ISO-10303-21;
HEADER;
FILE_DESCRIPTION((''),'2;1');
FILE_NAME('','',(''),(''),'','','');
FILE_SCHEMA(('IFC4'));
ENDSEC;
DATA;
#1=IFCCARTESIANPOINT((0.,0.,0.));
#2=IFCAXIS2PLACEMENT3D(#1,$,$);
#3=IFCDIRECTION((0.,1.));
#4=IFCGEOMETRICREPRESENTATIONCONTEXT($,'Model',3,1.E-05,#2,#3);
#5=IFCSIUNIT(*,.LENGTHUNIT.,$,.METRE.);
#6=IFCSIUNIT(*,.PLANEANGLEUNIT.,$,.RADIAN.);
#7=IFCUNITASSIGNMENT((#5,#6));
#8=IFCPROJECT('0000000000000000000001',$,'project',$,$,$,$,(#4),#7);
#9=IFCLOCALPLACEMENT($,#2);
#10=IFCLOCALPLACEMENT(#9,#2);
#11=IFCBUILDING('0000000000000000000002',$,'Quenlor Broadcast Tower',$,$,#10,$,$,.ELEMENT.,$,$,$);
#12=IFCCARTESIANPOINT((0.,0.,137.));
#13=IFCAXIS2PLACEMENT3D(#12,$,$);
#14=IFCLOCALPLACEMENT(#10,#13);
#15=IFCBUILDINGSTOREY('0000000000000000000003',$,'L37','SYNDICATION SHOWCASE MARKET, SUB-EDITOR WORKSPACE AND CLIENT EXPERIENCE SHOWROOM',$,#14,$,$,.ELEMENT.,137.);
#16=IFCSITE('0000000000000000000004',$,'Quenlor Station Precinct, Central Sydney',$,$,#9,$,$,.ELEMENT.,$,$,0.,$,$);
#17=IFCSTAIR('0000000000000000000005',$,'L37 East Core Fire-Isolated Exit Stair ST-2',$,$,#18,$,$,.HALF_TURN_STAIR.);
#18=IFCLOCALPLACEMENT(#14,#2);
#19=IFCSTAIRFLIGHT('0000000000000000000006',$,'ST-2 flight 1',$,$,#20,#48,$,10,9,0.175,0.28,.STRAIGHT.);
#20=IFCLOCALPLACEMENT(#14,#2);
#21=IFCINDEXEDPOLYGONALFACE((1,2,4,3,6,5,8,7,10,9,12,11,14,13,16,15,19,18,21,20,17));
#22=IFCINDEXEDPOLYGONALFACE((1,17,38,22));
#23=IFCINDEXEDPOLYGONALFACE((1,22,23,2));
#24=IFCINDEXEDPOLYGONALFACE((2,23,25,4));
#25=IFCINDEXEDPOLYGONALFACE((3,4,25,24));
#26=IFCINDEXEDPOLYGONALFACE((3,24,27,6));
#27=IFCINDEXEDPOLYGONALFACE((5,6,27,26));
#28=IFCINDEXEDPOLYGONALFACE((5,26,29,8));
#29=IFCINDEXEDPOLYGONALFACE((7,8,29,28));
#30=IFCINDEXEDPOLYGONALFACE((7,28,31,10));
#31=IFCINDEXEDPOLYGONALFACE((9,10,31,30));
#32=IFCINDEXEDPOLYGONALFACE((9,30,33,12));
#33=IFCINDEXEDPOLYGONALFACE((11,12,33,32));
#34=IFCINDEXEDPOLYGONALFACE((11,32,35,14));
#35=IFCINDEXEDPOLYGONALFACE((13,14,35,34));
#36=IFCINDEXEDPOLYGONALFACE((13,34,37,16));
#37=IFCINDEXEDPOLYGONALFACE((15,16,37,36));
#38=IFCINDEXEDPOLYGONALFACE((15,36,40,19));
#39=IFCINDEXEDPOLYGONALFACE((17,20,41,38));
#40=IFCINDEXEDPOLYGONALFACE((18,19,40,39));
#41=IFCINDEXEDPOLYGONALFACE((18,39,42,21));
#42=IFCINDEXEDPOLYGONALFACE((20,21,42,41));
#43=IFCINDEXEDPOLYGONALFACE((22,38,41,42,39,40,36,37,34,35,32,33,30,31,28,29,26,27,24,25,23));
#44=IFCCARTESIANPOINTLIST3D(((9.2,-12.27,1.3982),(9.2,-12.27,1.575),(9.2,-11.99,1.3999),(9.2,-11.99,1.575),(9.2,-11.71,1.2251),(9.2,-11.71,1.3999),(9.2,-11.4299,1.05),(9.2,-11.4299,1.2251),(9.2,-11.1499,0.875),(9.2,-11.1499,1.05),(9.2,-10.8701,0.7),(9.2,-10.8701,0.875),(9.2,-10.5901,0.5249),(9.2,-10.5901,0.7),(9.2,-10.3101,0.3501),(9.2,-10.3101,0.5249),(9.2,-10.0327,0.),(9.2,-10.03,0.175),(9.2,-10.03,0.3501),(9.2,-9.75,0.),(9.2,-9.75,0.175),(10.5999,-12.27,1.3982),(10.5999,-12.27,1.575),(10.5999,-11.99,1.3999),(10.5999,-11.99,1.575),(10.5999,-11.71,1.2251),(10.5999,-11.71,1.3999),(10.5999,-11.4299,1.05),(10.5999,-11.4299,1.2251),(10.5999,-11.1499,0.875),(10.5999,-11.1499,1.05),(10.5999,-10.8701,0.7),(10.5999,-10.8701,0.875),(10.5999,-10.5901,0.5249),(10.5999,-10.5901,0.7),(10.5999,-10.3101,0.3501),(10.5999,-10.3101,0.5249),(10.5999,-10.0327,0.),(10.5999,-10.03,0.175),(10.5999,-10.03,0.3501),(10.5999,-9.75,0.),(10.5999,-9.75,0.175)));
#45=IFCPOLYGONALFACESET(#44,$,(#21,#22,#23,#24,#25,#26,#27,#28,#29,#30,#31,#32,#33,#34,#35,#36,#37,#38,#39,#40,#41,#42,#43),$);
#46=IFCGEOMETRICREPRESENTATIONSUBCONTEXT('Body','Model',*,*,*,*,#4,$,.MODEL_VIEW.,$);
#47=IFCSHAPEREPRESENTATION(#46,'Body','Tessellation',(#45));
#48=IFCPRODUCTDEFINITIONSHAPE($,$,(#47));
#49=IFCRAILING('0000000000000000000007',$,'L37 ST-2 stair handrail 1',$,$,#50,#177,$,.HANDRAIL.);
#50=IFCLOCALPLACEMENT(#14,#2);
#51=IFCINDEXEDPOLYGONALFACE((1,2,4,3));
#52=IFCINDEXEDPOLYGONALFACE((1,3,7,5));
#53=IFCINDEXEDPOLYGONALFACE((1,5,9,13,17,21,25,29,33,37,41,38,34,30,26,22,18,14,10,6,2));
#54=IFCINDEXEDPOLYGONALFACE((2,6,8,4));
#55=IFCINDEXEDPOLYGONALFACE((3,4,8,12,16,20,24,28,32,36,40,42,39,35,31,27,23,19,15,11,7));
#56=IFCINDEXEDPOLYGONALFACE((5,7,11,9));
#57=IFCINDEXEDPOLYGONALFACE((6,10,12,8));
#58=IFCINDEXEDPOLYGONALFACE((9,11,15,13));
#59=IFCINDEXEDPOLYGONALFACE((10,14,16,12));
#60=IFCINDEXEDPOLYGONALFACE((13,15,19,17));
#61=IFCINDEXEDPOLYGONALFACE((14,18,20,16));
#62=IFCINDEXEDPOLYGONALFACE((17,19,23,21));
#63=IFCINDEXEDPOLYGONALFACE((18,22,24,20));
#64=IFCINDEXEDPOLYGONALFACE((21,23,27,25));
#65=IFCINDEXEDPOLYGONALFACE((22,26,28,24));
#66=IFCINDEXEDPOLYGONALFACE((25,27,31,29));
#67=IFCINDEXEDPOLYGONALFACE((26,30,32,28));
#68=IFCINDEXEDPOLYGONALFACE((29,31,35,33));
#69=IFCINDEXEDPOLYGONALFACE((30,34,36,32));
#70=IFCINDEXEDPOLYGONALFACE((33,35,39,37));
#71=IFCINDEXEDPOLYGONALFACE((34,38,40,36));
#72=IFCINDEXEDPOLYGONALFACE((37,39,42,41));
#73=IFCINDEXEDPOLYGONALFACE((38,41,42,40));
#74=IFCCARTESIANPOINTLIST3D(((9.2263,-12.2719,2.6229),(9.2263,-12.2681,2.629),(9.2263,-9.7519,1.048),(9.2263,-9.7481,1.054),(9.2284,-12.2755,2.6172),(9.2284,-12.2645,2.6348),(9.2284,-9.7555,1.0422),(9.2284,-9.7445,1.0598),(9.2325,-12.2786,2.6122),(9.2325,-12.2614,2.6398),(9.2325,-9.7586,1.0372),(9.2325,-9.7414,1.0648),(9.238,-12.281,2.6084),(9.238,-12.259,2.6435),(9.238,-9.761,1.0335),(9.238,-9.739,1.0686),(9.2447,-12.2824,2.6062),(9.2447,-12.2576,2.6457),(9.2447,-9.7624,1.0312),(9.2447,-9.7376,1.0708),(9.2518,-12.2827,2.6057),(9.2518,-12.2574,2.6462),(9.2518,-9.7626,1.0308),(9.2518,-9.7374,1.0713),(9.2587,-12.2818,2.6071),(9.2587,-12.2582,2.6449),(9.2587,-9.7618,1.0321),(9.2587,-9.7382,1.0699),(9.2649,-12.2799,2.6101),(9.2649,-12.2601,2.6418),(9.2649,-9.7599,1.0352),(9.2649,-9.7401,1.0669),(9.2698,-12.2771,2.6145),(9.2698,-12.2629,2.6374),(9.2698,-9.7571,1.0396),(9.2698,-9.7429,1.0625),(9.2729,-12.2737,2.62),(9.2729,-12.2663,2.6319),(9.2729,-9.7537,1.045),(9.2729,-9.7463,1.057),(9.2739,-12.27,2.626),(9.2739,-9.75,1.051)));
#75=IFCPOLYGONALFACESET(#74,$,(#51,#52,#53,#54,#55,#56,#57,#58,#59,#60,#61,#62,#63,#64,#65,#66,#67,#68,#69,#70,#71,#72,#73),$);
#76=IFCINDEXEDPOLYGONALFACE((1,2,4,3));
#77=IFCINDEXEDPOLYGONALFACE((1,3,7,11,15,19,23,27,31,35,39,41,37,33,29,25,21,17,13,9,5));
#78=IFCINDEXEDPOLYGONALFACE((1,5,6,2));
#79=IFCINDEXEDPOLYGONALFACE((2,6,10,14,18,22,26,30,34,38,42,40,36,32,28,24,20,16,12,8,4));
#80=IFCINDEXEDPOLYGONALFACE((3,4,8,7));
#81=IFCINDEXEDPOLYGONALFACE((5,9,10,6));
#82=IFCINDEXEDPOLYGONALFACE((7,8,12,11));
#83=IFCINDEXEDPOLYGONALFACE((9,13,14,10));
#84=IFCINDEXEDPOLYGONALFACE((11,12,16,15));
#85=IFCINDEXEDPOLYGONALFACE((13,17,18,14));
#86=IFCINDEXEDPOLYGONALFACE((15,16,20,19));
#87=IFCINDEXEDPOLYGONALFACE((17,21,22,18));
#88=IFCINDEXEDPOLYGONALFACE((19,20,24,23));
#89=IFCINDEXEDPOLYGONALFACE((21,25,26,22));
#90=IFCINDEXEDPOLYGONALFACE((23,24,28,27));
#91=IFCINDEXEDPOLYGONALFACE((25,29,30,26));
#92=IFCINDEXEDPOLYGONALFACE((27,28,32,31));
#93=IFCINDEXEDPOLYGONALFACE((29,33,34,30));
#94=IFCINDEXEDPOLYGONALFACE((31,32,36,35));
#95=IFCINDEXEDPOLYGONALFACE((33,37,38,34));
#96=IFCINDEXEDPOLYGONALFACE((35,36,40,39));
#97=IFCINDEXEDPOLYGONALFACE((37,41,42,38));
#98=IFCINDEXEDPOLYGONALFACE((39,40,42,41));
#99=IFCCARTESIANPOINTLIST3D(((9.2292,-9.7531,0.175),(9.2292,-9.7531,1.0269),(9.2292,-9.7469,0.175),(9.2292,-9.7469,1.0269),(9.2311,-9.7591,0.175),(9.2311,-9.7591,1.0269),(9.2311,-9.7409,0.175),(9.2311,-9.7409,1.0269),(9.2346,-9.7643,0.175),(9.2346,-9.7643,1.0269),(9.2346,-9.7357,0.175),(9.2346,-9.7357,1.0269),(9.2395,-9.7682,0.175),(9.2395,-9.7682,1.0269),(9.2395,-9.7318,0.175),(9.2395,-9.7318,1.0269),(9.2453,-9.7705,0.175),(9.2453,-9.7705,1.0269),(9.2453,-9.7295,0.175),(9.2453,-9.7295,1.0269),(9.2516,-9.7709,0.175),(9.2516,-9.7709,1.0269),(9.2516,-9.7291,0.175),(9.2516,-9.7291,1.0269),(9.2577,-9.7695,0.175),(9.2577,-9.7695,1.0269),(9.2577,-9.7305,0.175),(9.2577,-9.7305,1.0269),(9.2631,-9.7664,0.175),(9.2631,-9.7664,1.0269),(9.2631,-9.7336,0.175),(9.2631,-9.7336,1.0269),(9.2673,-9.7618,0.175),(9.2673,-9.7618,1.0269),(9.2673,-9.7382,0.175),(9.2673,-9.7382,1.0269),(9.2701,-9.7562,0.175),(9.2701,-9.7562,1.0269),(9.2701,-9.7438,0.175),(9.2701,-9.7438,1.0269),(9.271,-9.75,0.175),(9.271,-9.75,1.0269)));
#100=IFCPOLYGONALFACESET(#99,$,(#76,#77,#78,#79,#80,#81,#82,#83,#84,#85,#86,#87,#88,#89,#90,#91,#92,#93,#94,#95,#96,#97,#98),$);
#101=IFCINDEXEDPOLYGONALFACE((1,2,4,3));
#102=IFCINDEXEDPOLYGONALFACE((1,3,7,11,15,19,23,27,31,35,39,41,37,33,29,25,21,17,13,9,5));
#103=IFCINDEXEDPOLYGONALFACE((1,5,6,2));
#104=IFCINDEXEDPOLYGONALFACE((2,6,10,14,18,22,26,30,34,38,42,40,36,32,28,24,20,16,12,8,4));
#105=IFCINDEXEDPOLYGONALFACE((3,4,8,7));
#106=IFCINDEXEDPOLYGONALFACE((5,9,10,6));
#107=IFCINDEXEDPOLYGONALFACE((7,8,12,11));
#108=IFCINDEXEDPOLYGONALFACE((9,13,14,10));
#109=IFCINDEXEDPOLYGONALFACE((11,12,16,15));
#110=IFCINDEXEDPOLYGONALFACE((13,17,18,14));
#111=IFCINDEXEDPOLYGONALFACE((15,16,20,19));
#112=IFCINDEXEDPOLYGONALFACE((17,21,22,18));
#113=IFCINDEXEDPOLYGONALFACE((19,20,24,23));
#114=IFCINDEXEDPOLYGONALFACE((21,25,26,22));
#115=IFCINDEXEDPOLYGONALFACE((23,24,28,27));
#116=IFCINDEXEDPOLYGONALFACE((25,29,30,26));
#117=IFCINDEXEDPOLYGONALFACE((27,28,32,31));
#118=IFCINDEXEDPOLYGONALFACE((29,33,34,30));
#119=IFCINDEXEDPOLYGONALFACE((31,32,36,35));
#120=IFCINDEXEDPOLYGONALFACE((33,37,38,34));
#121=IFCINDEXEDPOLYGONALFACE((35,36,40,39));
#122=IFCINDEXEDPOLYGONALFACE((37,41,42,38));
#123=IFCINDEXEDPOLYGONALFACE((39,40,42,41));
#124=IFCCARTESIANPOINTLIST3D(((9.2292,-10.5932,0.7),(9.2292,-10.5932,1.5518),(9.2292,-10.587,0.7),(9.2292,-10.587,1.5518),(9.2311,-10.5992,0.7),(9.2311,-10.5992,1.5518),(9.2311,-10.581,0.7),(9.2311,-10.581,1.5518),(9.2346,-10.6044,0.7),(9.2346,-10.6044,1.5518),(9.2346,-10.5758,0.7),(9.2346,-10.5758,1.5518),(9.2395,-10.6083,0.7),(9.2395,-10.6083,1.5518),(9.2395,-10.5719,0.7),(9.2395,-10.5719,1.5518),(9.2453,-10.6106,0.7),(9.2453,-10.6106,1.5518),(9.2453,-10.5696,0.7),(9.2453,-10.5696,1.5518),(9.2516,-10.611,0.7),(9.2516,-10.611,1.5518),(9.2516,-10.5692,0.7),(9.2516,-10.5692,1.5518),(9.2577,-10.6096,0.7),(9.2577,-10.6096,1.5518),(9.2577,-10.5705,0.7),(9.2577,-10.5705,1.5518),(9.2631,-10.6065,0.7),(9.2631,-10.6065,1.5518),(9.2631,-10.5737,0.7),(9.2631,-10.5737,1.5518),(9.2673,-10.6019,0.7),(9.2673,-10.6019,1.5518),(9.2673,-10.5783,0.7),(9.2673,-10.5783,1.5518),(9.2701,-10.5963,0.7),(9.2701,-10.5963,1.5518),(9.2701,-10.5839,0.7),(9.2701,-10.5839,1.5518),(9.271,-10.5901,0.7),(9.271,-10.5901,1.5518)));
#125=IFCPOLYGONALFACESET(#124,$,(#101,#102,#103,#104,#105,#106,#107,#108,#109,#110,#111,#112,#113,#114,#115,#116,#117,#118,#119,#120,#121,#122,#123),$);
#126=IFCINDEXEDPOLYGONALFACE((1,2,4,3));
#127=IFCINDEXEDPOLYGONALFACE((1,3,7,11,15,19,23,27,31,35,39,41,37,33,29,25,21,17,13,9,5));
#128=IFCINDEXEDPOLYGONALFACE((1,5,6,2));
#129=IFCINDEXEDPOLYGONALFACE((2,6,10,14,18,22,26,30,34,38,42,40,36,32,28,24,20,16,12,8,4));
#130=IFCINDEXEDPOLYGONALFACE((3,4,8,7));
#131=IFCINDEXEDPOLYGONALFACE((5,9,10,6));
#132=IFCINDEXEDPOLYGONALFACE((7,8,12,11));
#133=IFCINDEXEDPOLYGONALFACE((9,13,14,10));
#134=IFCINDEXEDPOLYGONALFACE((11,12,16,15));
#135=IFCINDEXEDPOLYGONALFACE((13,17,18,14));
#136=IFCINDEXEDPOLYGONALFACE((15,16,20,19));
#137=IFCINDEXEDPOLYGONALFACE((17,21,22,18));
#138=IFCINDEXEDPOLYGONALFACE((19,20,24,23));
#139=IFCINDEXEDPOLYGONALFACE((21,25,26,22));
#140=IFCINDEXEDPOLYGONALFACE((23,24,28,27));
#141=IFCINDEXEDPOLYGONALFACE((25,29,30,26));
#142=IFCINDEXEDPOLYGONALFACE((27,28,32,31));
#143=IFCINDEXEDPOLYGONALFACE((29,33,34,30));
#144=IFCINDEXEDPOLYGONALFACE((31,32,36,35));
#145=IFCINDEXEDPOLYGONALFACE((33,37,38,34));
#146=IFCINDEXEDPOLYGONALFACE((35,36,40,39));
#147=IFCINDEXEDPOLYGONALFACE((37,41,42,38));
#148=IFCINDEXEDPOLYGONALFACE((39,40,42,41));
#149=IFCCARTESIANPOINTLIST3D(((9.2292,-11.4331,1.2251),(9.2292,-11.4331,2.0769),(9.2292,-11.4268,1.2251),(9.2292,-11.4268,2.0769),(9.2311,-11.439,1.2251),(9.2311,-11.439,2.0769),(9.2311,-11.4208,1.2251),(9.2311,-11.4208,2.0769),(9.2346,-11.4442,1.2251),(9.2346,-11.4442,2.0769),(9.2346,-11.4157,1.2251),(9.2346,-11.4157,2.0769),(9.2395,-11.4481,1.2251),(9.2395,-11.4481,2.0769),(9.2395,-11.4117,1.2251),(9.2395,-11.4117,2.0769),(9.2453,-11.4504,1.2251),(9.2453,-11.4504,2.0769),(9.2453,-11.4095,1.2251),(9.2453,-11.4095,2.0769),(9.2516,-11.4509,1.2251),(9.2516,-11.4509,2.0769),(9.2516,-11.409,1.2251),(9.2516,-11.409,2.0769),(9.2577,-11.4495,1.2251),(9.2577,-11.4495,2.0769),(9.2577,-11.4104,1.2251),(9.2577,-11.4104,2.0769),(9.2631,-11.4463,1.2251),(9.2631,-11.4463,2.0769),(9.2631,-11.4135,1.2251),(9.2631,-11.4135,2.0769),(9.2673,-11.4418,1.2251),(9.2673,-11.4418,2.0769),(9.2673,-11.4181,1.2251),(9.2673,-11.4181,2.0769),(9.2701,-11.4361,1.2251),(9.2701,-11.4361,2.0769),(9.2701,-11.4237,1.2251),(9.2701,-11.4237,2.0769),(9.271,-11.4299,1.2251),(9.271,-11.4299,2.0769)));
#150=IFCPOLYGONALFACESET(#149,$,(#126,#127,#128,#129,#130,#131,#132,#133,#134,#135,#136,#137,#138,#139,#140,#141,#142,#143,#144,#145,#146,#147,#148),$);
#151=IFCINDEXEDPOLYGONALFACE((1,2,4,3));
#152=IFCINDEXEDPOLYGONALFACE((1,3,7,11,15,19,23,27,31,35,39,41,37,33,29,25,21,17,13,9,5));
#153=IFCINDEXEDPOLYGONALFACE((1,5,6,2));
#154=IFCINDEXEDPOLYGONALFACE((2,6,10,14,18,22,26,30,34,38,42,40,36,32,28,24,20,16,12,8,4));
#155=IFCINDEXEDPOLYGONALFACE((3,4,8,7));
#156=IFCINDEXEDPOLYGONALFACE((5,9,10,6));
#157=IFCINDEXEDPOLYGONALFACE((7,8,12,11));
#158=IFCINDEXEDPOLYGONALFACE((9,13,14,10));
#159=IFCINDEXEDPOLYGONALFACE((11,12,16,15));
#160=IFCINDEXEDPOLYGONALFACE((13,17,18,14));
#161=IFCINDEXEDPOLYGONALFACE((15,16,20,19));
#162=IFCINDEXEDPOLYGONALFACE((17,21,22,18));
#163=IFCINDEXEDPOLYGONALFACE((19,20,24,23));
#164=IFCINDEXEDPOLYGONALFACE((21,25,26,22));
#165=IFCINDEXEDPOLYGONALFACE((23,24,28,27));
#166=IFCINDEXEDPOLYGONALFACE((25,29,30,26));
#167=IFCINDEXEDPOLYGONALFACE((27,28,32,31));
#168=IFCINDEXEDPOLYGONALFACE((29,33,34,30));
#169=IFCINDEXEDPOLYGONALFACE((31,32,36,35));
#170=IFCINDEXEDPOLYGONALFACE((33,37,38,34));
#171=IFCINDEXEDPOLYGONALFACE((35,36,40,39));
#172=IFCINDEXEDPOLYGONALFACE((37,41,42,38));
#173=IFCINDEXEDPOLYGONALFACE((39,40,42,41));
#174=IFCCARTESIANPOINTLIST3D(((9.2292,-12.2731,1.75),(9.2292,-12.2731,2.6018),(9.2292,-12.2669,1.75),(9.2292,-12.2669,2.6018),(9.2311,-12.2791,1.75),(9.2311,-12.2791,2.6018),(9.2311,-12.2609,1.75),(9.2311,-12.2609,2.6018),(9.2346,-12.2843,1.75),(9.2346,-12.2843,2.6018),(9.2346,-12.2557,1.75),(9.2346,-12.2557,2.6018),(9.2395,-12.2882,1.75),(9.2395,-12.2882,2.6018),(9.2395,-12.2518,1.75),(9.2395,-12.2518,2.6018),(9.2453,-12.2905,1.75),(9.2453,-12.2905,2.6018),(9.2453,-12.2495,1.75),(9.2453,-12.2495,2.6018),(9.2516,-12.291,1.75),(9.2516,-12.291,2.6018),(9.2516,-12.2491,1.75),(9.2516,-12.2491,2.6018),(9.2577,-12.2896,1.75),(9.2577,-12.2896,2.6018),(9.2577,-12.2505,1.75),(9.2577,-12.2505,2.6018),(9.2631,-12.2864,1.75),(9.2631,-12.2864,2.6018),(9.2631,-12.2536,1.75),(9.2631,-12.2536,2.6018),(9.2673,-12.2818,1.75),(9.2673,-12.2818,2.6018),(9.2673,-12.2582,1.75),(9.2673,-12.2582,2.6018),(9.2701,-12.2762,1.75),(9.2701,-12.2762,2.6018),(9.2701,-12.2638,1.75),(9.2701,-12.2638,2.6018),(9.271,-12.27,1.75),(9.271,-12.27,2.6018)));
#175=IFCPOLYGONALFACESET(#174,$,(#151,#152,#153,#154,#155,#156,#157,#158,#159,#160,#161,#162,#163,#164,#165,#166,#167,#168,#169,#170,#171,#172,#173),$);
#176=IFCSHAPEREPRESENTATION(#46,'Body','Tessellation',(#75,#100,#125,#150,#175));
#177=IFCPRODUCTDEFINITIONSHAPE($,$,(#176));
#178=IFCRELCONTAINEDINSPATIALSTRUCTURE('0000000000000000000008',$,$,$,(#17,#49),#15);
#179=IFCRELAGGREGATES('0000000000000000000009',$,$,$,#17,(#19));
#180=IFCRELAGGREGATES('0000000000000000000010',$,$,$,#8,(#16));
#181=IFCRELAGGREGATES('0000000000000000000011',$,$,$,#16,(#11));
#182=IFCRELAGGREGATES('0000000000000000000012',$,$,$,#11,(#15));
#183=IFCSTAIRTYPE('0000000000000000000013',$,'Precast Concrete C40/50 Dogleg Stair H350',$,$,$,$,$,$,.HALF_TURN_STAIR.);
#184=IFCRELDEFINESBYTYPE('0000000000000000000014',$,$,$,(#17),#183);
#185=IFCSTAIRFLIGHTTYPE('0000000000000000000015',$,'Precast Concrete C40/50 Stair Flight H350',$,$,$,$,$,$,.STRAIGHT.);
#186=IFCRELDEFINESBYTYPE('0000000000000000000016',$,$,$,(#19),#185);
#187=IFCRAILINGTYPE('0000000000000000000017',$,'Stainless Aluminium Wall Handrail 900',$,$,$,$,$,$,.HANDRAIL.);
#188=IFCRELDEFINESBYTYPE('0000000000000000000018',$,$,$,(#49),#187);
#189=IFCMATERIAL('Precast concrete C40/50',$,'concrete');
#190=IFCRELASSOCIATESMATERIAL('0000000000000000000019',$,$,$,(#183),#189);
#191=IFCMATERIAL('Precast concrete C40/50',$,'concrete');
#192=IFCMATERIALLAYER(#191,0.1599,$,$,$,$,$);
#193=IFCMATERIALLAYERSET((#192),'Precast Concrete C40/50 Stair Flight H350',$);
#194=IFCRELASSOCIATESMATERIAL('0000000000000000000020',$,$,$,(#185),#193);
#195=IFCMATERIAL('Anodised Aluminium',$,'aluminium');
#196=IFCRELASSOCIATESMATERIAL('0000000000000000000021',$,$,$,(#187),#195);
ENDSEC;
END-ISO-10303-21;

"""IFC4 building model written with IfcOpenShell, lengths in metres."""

from ifc_helpers import new_model, si_unit, direction, frame, origin, origin_2d, place, context, subcontext, project, spatial, polyline, circle, outline, extrude, material, layer, layer_set, type_object, element, aggregate, save


model = new_model("IFC4")

# Units and contexts
model_context = context("Model", 3, precision=1e-05, world=origin(), true_north=direction((0.0, 1.0)))
body_context = subcontext(model_context, "Body", "Model", "MODEL_VIEW")
ifc_project = project(units=[si_unit("LENGTHUNIT", "METRE"), si_unit("PLANEANGLEUNIT", "RADIAN")], contexts=[model_context])

# Site, building, storey
site_placement = place(None, origin())
site = spatial("IfcSite", under=ifc_project, at=site_placement, Name="Quenlor Station Precinct, Central Sydney", CompositionType="ELEMENT", RefElevation=0.0)
building_placement = place(site_placement, origin())
building = spatial("IfcBuilding", under=site, at=building_placement, Name="Quenlor Broadcast Tower", CompositionType="ELEMENT")
storey_placement = place(building_placement, frame((0.0, 0.0, 137.0)))
storey = spatial("IfcBuildingStorey", under=building, at=storey_placement, Name="L37", Description="SYNDICATION SHOWCASE MARKET, SUB-EDITOR WORKSPACE AND CLIENT EXPERIENCE SHOWROOM", CompositionType="ELEMENT", Elevation=137.0)

# Stair, stair flight
ifc_material_1 = material(Name="Precast concrete C40/50", Category="concrete")
stair_type = type_object("IfcStairType", Name="Precast Concrete C40/50 Dogleg Stair H350", PredefinedType="HALF_TURN_STAIR", material=ifc_material_1)
stair_placement = place(storey_placement, origin())
stair = element("IfcStair", 1, at=stair_placement, inside=storey, type_object=stair_type, Name="L37 East Core Fire-Isolated Exit Stair ST-2", PredefinedType="HALF_TURN_STAIR")
ifc_material_2 = material(Name="Precast concrete C40/50", Category="concrete")
ifc_layer_1 = layer(ifc_material_2, 0.1599)
ifc_layer_set_1 = layer_set([ifc_layer_1], Name="Precast Concrete C40/50 Stair Flight H350")
stair_flight_type = type_object("IfcStairFlightType", Name="Precast Concrete C40/50 Stair Flight H350", PredefinedType="STRAIGHT", material=ifc_layer_set_1)
stair_flight_placement = place(storey_placement, frame((9.8999, -9.75, 0.0), z_axis=(0.0, 0.0, 1.0), x_axis=(0.0, -1.0, 0.0)))
stair_flight = element("IfcStairFlight", 2, at=stair_flight_placement, type_object=stair_flight_type, Name="ST-2 flight 1", NumberOfRisers=10, NumberOfTreads=9, PredefinedType="STRAIGHT", RiserHeight=0.175, TreadLength=0.28, context=body_context, shape_type="SweptSolid", body=[
    extrude(outline(polyline([(0.0, 0.0), (0.0, 0.175), (0.28, 0.175), (0.28, 0.3501), (0.5601, 0.3501), (0.5601, 0.5249), (0.8401, 0.5249), (0.8401, 0.7), (1.1201, 0.7), (1.1201, 0.875), (1.3999, 0.875), (1.3999, 1.05), (1.6799, 1.05), (1.6799, 1.2251), (1.96, 1.2251), (1.96, 1.3999), (2.24, 1.3999), (2.24, 1.575), (2.52, 1.575), (2.52, 1.75), (2.52, 1.3982), (0.2827, 0.0), (0.0, 0.0)])), frame((0.0, 0.7, 0.0), z_axis=(0.0, -1.0, 0.0), x_axis=(1.0, 0.0, 0.0)), (0.0, 0.0, 1.0), 1.3999),
])
aggregate(stair, [stair_flight])

# Railing
ifc_material_3 = material(Name="Anodised Aluminium", Category="aluminium")
railing_type_1 = type_object("IfcRailingType", Name="Stainless Aluminium Wall Handrail 900", PredefinedType="HANDRAIL", material=ifc_material_3)
railing_1_placement = place(storey_placement, frame((9.25, -9.75, 0.175)))
element("IfcRailing", 3, at=railing_1_placement, inside=storey, type_object=railing_type_1, Name="L37 ST-2 stair handrail 1", PredefinedType="HANDRAIL", context=body_context, shape_type="SweptSolid", body=[
    extrude(circle(Radius=0.0239, at=origin_2d()), frame((0.0, 0.0, 0.876), z_axis=(0.0, -0.848008, 0.529984), x_axis=(1.0, 0.0, 0.0)), (0.0, 0.0, 1.0), 2.9717),
    extrude(circle(Radius=0.021, at=origin_2d()), origin(), (0.0, 0.0, 1.0), 0.8518),
    extrude(circle(Radius=0.021, at=origin_2d()), frame((0.0, -0.8401, 0.5249)), (0.0, 0.0, 1.0), 0.8518),
    extrude(circle(Radius=0.021, at=origin_2d()), frame((0.0, -1.6799, 1.05)), (0.0, 0.0, 1.0), 0.8518),
    extrude(circle(Radius=0.021, at=origin_2d()), frame((0.0, -2.52, 1.575)), (0.0, 0.0, 1.0), 0.8518),
])

save(model, "model.ifc")
